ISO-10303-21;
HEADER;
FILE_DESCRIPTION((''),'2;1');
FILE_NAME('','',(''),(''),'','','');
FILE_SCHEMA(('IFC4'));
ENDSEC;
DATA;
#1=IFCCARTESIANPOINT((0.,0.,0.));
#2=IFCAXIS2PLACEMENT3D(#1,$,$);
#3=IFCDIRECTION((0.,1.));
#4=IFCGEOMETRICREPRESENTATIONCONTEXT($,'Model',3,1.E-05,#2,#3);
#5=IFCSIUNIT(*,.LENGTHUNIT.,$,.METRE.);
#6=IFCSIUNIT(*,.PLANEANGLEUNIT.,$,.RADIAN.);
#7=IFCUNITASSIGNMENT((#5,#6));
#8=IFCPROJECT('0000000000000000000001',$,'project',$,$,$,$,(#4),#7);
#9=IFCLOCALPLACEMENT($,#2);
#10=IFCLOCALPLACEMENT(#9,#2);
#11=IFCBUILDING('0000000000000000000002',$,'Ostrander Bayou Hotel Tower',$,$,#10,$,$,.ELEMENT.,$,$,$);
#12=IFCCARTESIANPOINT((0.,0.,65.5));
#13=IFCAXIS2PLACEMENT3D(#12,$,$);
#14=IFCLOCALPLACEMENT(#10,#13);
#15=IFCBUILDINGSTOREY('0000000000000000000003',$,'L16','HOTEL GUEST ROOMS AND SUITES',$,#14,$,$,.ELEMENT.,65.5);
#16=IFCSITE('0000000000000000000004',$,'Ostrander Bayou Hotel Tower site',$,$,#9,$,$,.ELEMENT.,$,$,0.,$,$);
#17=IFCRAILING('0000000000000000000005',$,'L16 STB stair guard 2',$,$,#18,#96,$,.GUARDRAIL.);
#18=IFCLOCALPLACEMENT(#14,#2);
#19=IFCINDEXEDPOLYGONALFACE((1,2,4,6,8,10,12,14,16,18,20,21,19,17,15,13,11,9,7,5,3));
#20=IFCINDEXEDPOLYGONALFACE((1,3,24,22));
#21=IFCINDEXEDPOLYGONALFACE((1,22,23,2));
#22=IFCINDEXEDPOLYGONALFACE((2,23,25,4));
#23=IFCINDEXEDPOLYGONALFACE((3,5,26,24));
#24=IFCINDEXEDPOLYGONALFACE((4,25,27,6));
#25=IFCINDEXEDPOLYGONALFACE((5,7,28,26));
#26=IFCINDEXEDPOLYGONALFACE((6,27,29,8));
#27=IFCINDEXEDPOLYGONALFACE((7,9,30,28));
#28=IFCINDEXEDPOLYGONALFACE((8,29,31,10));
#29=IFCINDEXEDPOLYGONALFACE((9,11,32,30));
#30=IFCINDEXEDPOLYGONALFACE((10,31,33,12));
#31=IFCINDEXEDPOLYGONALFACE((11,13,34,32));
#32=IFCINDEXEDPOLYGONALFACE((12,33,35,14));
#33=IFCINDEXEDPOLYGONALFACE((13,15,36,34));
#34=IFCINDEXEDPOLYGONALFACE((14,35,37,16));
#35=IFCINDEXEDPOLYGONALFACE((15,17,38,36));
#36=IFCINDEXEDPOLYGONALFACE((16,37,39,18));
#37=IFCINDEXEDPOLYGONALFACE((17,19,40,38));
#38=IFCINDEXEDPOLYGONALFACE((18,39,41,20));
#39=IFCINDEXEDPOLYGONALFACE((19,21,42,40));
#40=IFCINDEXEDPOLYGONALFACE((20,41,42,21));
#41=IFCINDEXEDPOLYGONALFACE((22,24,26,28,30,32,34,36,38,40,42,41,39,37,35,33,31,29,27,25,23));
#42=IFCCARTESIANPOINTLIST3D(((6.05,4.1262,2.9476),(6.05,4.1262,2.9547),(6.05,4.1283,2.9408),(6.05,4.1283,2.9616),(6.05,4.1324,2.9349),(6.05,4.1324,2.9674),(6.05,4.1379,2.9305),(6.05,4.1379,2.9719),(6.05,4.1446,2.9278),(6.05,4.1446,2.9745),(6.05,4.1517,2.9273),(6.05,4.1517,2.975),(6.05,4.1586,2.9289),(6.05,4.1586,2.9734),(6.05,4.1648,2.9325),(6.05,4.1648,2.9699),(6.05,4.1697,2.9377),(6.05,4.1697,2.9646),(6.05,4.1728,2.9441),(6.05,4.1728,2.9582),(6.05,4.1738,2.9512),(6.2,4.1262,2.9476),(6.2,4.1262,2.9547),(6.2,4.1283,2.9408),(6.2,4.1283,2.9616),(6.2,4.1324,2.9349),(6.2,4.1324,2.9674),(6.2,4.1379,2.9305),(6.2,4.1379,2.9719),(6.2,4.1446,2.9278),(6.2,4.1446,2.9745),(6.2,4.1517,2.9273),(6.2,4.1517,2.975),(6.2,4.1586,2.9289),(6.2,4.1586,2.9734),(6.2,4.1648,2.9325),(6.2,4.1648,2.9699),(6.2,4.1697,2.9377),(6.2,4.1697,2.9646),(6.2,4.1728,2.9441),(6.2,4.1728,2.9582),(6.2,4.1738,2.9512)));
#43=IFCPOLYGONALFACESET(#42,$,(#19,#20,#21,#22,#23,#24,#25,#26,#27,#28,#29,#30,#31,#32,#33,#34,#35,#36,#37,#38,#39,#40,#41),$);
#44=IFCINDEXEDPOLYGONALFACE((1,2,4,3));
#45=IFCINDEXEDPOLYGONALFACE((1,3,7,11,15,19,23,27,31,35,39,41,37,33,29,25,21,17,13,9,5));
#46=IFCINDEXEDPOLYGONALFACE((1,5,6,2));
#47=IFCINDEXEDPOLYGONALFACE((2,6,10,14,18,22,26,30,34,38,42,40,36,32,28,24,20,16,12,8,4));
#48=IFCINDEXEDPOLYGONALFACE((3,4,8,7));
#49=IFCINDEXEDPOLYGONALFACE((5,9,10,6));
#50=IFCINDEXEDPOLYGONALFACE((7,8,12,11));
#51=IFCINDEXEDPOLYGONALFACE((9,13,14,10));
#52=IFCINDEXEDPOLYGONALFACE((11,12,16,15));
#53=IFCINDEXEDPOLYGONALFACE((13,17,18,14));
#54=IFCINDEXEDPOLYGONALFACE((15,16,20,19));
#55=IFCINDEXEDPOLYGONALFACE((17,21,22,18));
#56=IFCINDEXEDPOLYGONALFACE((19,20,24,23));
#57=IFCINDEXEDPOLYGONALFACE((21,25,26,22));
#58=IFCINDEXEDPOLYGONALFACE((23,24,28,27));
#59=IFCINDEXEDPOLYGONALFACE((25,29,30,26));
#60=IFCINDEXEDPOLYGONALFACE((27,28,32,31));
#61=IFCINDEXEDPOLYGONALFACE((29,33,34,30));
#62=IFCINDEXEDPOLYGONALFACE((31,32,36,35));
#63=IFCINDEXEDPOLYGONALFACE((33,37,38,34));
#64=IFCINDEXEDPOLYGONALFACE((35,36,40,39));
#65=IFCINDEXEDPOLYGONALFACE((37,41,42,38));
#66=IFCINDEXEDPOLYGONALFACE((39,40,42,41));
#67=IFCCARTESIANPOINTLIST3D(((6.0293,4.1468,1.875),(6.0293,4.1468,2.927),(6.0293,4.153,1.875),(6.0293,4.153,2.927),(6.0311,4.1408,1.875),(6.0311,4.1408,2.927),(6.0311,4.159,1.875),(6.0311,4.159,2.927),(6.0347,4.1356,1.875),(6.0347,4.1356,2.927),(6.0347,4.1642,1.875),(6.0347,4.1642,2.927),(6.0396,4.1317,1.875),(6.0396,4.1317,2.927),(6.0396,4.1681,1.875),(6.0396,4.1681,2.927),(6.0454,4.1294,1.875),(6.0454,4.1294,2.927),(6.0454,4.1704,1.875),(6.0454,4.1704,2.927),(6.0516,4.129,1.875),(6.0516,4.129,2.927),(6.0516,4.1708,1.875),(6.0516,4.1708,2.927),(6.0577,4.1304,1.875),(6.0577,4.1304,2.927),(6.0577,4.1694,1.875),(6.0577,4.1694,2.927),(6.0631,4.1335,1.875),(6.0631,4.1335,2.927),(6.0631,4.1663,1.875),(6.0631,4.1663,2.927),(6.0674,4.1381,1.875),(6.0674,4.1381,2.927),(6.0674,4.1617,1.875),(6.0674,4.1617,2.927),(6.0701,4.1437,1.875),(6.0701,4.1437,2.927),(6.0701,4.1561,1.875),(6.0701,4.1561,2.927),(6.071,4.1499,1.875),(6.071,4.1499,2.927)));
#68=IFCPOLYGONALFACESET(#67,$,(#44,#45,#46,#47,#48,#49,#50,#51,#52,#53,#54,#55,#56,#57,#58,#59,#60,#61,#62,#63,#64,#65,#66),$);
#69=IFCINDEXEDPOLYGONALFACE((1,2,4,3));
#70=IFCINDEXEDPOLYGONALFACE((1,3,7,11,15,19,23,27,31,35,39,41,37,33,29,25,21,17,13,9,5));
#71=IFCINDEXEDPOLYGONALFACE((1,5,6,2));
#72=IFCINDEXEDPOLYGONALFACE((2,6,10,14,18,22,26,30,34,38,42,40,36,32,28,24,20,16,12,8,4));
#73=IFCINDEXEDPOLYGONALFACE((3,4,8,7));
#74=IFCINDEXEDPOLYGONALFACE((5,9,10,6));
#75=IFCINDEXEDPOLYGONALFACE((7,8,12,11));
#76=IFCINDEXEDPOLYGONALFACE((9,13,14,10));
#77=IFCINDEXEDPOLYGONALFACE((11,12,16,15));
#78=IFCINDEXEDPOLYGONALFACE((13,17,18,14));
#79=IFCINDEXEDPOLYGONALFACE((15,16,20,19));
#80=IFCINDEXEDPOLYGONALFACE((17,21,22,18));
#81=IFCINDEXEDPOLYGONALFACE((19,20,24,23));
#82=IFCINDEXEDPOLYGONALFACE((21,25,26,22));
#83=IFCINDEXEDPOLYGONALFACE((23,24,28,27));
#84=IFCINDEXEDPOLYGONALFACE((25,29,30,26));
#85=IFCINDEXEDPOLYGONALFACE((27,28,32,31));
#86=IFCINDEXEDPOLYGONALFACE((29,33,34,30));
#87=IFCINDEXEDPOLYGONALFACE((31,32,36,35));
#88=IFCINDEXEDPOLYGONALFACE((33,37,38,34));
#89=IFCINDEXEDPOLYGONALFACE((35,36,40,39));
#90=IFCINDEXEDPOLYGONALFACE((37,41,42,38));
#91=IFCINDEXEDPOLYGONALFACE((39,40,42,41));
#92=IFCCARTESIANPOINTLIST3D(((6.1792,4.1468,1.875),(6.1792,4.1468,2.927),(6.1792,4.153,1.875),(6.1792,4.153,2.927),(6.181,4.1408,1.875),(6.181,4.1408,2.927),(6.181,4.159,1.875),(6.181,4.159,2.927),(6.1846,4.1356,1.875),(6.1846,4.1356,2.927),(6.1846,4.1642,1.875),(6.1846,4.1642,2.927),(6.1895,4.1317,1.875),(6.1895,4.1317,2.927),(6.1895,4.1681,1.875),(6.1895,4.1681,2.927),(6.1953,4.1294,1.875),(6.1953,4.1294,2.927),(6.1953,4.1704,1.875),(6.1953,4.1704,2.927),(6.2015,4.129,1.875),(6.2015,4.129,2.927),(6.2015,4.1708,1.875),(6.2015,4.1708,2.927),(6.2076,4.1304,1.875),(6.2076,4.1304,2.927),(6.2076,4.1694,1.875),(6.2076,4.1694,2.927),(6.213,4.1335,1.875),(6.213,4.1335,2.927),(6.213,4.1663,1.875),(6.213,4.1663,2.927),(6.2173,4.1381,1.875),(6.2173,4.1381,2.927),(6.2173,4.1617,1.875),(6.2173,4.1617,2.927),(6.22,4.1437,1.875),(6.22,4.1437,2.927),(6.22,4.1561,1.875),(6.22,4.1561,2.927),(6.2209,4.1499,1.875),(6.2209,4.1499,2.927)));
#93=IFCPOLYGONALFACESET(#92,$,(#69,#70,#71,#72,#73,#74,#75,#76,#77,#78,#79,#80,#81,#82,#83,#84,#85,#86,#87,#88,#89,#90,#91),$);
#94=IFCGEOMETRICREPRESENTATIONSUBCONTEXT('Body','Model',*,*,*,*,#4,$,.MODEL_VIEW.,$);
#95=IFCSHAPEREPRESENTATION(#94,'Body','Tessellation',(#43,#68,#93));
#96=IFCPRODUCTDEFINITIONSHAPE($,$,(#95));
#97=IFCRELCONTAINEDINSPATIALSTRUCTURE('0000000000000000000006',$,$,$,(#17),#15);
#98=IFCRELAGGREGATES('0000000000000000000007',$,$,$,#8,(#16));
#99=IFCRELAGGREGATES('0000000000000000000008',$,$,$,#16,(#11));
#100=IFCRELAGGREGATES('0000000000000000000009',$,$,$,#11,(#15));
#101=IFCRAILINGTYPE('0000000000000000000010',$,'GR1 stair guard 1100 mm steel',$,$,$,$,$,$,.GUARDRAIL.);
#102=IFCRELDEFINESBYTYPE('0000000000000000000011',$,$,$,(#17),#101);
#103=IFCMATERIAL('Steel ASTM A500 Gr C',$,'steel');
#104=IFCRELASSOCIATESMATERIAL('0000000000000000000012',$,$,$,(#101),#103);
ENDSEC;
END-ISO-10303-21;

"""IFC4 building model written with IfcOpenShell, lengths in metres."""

from ifc_helpers import new_model, si_unit, direction, frame, origin, origin_2d, place, context, subcontext, project, spatial, circle, extrude, material, type_object, element, save


model = new_model("IFC4")

# Units and contexts
model_context = context("Model", 3, precision=1e-05, world=origin(), true_north=direction((0.0, 1.0)))
body_context = subcontext(model_context, "Body", "Model", "MODEL_VIEW")
ifc_project = project(units=[si_unit("LENGTHUNIT", "METRE"), si_unit("PLANEANGLEUNIT", "RADIAN")], contexts=[model_context])

# Site, building, storey
site_placement = place(None, origin())
site = spatial("IfcSite", under=ifc_project, at=site_placement, Name="Ostrander Bayou Hotel Tower site", CompositionType="ELEMENT", RefElevation=0.0)
building_placement = place(site_placement, origin())
building = spatial("IfcBuilding", under=site, at=building_placement, Name="Ostrander Bayou Hotel Tower", CompositionType="ELEMENT")
storey_placement = place(building_placement, frame((0.0, 0.0, 65.5)))
storey = spatial("IfcBuildingStorey", under=building, at=storey_placement, Name="L16", Description="HOTEL GUEST ROOMS AND SUITES", CompositionType="ELEMENT", Elevation=65.5)

# Railing
ifc_material_1 = material(Name="Steel ASTM A500 Gr C", Category="steel")
railing_type_1 = type_object("IfcRailingType", Name="GR1 stair guard 1100 mm steel", PredefinedType="GUARDRAIL", material=ifc_material_1)
railing_1_placement = place(storey_placement, frame((6.05, 4.1499, 1.875)))
element("IfcRailing", 1, at=railing_1_placement, inside=storey, type_object=railing_type_1, Name="L16 STB stair guard 2", PredefinedType="GUARDRAIL", context=body_context, shape_type="SweptSolid", body=[
    extrude(circle(Radius=0.0239, at=origin_2d()), frame((0.0, 0.0, 1.0762), z_axis=(1.0, 0.0, 0.0), x_axis=(0.0, 1.0, 0.0)), (0.0, 0.0, 1.0), 0.1499),
    extrude(circle(Radius=0.021, at=origin_2d()), origin(), (0.0, 0.0, 1.0), 1.052),
    extrude(circle(Radius=0.021, at=origin_2d()), frame((0.1499, 0.0, 0.0)), (0.0, 0.0, 1.0), 1.052),
])

save(model, "model.ifc")
